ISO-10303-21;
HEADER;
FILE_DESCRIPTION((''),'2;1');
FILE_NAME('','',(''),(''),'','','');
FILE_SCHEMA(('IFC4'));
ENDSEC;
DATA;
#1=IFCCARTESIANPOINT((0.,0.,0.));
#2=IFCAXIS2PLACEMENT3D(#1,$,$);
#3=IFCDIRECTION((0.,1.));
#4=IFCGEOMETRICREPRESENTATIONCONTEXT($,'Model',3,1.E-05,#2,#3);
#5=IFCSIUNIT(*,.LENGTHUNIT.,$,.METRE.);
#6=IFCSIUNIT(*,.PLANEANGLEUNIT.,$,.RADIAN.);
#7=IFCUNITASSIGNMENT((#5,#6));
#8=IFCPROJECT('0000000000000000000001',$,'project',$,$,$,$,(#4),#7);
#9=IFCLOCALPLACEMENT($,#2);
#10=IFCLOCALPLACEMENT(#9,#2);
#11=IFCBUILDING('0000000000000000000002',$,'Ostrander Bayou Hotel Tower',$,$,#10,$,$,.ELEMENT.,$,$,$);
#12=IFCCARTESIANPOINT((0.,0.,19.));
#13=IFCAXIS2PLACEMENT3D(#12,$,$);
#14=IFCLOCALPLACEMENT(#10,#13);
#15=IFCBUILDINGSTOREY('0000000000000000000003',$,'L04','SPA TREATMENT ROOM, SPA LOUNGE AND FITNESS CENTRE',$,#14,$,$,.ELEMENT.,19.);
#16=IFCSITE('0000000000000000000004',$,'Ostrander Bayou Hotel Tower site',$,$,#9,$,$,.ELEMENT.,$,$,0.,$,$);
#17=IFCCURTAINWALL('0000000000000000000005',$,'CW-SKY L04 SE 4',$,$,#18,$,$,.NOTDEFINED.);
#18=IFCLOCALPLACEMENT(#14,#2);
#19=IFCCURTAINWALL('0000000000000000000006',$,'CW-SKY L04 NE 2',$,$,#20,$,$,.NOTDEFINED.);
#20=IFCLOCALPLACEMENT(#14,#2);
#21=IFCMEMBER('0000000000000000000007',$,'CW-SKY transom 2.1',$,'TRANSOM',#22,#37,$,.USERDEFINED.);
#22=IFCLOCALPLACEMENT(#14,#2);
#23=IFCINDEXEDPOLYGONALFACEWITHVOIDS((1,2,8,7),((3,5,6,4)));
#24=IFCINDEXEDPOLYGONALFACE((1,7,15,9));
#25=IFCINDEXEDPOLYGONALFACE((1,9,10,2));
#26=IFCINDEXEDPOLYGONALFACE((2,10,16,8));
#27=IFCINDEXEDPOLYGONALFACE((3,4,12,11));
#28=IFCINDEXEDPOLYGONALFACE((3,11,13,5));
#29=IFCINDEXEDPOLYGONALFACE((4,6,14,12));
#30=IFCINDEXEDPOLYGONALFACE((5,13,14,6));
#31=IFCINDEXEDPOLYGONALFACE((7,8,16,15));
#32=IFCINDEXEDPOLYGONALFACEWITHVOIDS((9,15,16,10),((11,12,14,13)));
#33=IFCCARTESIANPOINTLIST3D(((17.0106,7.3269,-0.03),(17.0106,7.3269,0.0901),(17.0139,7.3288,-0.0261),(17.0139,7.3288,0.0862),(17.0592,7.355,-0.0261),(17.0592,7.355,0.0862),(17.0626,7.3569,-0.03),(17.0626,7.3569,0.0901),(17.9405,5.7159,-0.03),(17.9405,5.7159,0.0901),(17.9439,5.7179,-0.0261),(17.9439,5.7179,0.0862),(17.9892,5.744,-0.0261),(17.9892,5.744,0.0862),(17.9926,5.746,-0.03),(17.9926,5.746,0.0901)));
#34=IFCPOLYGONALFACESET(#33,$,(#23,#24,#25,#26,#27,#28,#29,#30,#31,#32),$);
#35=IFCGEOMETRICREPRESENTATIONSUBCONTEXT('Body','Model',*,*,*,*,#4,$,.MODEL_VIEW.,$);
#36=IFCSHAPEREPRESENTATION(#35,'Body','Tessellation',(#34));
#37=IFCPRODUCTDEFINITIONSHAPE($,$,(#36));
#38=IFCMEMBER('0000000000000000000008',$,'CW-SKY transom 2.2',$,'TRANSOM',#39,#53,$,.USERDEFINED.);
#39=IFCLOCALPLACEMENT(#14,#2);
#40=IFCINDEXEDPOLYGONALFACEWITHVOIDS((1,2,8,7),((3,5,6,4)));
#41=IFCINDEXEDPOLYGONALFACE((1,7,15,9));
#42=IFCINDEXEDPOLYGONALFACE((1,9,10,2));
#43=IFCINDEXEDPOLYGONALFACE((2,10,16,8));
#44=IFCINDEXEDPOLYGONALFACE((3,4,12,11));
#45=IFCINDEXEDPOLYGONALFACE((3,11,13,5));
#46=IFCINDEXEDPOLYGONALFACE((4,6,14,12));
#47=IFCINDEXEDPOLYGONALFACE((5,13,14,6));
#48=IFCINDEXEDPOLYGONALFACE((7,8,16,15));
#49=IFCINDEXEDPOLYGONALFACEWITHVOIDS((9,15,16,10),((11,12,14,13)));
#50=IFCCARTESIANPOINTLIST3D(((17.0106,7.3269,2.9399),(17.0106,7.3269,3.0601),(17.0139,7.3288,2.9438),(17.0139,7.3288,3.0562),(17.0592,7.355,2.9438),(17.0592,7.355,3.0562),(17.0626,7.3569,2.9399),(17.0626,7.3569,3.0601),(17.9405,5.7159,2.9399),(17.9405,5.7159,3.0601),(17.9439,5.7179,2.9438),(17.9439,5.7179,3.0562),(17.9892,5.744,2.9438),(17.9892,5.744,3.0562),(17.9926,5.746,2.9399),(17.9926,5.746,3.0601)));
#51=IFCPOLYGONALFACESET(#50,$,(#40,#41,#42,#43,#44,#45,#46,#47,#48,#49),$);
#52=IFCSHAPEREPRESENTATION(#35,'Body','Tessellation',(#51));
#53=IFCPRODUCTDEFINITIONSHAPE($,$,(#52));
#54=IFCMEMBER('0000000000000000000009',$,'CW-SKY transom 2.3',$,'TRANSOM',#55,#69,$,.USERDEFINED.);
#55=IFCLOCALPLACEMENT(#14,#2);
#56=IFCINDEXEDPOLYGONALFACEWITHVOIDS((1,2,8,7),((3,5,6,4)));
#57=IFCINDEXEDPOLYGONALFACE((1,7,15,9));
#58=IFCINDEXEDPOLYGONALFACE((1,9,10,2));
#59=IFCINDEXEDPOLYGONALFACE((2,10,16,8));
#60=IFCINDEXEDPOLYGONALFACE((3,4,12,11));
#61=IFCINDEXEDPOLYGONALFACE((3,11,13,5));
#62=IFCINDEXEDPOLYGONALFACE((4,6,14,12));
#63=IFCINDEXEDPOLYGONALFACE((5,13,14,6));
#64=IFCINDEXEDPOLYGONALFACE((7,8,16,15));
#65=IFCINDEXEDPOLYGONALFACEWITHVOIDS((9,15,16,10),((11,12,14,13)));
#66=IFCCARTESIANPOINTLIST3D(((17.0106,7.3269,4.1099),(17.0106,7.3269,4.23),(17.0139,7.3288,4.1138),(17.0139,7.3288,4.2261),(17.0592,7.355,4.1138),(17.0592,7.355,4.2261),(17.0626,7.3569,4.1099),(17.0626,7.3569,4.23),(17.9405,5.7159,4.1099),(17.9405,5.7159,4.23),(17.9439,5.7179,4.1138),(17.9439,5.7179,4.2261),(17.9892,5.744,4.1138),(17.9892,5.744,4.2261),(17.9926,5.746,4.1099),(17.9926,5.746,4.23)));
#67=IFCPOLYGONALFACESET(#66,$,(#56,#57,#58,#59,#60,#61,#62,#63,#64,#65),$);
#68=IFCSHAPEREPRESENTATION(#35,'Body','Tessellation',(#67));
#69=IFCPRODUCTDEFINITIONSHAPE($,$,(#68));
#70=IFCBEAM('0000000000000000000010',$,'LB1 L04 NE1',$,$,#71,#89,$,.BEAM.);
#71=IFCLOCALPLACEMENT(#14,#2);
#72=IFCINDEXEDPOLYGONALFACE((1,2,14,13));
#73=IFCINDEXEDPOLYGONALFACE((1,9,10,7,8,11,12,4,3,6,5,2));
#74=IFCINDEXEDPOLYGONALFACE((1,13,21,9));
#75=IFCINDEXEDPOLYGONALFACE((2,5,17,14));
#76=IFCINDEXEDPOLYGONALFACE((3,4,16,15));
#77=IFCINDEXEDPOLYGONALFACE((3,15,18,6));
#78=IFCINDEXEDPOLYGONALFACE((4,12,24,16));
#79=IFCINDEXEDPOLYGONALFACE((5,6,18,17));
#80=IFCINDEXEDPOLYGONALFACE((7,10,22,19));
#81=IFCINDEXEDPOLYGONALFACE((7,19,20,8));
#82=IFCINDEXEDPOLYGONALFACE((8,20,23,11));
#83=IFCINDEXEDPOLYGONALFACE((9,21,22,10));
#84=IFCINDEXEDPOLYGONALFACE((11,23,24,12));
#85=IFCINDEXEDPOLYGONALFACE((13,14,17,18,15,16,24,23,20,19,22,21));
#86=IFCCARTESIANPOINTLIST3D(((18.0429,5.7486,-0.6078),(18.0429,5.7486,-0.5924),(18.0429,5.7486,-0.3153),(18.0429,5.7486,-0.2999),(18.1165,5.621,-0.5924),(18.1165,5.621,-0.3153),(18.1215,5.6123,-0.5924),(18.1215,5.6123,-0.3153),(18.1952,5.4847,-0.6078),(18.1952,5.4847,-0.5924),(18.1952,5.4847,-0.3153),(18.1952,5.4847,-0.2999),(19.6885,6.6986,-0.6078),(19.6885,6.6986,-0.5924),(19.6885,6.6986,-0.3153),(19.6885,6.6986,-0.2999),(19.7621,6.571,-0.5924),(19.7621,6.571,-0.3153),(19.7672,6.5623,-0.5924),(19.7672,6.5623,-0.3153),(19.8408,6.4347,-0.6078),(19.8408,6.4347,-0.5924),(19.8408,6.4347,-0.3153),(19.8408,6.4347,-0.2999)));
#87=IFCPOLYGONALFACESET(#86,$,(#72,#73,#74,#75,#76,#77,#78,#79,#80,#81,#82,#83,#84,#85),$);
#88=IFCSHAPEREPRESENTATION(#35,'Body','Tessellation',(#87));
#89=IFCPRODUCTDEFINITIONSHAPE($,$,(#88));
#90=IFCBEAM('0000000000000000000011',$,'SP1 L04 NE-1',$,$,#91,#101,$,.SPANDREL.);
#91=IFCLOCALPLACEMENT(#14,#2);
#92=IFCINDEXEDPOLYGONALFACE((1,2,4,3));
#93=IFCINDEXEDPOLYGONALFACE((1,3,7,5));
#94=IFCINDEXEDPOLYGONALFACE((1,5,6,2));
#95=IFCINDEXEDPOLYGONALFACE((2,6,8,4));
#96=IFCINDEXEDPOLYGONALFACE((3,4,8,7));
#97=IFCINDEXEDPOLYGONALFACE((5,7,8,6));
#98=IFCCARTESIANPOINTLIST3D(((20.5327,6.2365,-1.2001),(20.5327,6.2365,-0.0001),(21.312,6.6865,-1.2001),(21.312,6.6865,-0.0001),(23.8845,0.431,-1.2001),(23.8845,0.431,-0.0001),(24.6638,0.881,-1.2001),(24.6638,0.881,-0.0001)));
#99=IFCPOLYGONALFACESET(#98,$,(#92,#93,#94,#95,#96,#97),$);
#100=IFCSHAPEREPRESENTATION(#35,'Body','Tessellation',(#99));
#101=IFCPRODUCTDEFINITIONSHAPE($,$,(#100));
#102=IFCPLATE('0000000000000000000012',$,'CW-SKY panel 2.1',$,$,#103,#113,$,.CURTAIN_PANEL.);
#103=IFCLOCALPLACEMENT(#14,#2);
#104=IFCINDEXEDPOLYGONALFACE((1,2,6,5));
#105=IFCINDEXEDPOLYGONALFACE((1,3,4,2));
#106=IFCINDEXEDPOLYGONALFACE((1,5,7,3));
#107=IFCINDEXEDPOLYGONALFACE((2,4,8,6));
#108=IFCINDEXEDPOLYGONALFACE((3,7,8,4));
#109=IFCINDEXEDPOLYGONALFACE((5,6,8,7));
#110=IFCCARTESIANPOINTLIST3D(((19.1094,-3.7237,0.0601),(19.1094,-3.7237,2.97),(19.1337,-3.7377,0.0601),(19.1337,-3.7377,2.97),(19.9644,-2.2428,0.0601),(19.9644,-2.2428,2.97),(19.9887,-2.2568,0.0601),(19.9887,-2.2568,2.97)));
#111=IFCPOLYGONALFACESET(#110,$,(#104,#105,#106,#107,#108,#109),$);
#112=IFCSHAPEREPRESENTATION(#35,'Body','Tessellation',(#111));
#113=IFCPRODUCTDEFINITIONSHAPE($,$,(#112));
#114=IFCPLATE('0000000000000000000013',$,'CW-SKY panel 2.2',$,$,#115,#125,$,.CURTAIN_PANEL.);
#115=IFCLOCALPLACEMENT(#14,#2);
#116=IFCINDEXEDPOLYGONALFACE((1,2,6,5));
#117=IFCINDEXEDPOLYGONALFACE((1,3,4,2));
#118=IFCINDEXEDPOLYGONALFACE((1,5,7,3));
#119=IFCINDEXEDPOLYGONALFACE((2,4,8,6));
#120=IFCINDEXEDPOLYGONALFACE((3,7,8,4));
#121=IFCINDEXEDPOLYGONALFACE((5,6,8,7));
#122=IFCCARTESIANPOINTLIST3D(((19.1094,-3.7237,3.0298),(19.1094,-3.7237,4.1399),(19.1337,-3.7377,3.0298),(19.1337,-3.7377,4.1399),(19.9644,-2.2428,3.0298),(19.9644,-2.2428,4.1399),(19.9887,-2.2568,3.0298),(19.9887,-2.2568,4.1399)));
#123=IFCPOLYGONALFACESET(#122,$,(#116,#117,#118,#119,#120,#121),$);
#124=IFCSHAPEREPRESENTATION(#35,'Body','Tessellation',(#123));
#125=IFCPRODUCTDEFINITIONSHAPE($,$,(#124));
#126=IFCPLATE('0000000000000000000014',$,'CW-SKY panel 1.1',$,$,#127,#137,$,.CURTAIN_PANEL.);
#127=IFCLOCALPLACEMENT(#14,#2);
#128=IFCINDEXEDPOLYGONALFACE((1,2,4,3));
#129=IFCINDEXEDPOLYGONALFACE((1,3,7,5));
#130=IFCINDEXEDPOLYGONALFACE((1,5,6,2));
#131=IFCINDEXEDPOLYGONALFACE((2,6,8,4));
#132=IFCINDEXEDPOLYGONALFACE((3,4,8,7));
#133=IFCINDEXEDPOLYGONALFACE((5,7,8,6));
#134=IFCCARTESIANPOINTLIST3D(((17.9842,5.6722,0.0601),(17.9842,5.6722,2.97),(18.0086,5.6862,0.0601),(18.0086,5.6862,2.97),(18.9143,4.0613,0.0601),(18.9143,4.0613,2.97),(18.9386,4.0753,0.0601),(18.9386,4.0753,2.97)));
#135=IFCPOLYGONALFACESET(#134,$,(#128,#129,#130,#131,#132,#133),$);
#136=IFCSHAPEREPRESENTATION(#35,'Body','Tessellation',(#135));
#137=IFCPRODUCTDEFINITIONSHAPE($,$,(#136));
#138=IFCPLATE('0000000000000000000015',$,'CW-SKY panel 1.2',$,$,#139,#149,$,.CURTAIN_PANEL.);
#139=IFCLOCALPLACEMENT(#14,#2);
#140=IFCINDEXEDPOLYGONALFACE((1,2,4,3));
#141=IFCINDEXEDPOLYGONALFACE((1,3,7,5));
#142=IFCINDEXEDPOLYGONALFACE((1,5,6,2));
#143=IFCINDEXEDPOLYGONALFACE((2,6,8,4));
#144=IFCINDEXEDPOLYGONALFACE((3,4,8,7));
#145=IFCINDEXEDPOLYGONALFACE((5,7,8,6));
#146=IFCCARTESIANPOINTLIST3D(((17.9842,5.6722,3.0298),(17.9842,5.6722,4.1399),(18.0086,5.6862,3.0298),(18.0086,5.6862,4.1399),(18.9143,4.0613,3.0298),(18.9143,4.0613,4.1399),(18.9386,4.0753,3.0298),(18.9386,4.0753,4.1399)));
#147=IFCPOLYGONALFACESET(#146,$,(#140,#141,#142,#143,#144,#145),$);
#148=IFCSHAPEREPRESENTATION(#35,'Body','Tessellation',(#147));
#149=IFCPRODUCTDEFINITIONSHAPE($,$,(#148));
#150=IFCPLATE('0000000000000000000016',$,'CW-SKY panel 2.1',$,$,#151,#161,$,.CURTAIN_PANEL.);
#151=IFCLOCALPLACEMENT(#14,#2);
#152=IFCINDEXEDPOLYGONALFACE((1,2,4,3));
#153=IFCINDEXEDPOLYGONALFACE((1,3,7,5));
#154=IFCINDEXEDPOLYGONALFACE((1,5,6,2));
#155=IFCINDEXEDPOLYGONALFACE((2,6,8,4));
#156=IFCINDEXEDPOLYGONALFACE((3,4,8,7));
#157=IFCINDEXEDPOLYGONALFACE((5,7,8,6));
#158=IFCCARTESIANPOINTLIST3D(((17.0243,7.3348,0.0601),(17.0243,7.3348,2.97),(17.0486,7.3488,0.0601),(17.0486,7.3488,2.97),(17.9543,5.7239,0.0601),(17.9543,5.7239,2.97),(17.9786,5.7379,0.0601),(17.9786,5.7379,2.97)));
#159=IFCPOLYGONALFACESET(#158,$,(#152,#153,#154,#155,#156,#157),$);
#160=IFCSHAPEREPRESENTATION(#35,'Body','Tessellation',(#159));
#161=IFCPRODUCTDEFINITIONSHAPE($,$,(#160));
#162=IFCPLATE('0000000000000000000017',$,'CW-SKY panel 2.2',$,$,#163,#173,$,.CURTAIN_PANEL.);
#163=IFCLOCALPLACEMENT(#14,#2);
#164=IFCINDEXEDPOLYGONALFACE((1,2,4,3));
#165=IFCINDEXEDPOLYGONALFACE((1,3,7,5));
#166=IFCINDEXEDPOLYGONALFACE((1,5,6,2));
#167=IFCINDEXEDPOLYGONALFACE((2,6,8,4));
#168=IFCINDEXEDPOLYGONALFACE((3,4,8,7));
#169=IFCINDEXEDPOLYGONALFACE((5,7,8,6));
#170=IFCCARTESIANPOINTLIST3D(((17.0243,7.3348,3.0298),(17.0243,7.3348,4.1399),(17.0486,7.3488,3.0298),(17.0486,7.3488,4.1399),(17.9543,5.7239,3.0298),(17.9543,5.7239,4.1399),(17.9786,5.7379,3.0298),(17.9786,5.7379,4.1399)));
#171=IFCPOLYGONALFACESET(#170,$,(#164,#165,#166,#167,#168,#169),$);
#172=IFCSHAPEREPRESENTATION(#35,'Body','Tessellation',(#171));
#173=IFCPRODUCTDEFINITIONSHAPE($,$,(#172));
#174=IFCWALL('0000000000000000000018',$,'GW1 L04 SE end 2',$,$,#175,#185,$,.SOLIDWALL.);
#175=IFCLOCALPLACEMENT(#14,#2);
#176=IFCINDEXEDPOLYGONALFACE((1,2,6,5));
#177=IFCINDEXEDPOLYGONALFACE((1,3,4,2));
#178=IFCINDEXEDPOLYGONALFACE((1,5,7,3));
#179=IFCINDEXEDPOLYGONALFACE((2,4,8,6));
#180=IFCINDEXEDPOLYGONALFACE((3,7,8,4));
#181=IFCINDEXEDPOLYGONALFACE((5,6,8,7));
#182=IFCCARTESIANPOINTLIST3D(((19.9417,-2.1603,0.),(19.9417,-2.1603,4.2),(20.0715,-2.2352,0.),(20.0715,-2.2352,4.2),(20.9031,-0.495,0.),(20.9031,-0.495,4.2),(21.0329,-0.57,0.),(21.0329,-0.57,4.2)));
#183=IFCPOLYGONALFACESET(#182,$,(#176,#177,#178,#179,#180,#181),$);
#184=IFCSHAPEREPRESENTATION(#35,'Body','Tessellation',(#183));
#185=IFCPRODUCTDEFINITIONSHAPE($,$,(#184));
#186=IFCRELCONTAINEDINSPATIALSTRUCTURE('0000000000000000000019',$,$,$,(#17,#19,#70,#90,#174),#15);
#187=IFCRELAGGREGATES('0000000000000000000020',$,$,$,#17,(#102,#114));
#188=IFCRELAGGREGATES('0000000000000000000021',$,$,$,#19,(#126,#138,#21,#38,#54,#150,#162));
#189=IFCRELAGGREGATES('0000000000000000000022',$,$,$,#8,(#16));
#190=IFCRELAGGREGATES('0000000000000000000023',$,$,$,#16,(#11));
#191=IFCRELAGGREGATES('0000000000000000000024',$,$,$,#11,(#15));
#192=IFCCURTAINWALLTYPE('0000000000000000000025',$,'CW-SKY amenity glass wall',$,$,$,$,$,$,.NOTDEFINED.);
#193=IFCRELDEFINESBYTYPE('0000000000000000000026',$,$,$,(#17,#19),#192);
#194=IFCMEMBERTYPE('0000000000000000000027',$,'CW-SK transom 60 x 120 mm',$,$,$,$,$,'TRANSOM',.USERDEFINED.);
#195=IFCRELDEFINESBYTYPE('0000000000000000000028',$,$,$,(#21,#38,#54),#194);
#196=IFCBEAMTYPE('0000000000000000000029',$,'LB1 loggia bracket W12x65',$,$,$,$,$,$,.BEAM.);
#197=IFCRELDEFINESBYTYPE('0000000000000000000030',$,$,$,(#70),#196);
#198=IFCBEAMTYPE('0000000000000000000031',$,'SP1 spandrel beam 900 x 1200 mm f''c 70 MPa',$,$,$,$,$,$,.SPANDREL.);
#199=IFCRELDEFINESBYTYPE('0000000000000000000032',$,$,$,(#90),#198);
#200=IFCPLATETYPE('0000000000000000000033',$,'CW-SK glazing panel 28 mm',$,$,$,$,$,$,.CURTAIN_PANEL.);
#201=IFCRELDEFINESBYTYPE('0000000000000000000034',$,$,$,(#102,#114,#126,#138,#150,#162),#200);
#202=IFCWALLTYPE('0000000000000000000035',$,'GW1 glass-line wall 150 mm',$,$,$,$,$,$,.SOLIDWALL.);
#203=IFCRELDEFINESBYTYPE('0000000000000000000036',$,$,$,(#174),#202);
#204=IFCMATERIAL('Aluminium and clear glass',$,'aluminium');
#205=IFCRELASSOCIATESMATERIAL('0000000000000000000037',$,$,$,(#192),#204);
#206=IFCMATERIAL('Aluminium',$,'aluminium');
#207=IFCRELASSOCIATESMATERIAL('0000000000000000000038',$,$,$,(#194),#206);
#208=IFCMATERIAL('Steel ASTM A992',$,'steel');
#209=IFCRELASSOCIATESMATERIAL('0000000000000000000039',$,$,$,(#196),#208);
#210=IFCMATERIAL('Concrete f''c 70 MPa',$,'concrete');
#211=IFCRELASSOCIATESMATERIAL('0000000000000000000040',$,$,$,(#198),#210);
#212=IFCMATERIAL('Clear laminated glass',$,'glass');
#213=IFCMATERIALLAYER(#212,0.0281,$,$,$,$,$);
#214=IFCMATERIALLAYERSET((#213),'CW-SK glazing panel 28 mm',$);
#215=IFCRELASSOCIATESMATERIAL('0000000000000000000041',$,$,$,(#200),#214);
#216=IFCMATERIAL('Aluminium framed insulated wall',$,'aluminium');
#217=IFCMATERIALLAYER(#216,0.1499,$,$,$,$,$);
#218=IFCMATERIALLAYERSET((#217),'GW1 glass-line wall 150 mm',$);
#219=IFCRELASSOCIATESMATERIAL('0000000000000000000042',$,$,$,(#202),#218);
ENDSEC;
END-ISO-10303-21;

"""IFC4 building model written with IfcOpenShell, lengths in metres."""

from ifc_helpers import new_model, si_unit, direction, frame, frame_2d, origin, origin_2d, place, context, subcontext, project, spatial, rectangle, hollow_rectangle, i_section, extrude, material, layer, layer_set, material_profile, profile_set, type_object, element, aggregate, save


model = new_model("IFC4")

# Units and contexts
model_context = context("Model", 3, precision=1e-05, world=origin(), true_north=direction((0.0, 1.0)))
body_context = subcontext(model_context, "Body", "Model", "MODEL_VIEW")
ifc_project = project(units=[si_unit("LENGTHUNIT", "METRE"), si_unit("PLANEANGLEUNIT", "RADIAN")], contexts=[model_context])

# Site, building, storey
site_placement = place(None, origin())
site = spatial("IfcSite", under=ifc_project, at=site_placement, Name="Ostrander Bayou Hotel Tower site", CompositionType="ELEMENT", RefElevation=0.0)
building_placement = place(site_placement, origin())
building = spatial("IfcBuilding", under=site, at=building_placement, Name="Ostrander Bayou Hotel Tower", CompositionType="ELEMENT")
storey_placement = place(building_placement, frame((0.0, 0.0, 19.0)))
storey = spatial("IfcBuildingStorey", under=building, at=storey_placement, Name="L04", Description="SPA TREATMENT ROOM, SPA LOUNGE AND FITNESS CENTRE", CompositionType="ELEMENT", Elevation=19.0)

# Curtain wall
ifc_material_1 = material(Name="Aluminium and clear glass", Category="aluminium")
curtain_wall_type = type_object("IfcCurtainWallType", Name="CW-SKY amenity glass wall", PredefinedType="NOTDEFINED", material=ifc_material_1)
curtain_wall_1_placement = place(storey_placement, origin())
curtain_wall_1 = element("IfcCurtainWall", 1, at=curtain_wall_1_placement, inside=storey, type_object=curtain_wall_type, Name="CW-SKY L04 SE 4", PredefinedType="NOTDEFINED")

# Curtain wall, members
curtain_wall_2_placement = place(storey_placement, origin())
curtain_wall_2 = element("IfcCurtainWall", 2, at=curtain_wall_2_placement, inside=storey, type_object=curtain_wall_type, Name="CW-SKY L04 NE 2", PredefinedType="NOTDEFINED")
ifc_material_2 = material(Name="Aluminium", Category="aluminium")
ifc_material_profile_1 = material_profile(ifc_material_2, hollow_rectangle(XDim=0.0601, YDim=0.1201, WallThickness=0.0039, at=origin_2d()))
ifc_profile_set_1 = profile_set([ifc_material_profile_1], Name="Aluminium")
member_type_1 = type_object("IfcMemberType", Name="CW-SK transom 60 x 120 mm", ElementType="TRANSOM", PredefinedType="USERDEFINED", material=ifc_profile_set_1)
member_1_placement = place(storey_placement, frame((17.9666, 5.731, 0.03), z_axis=(-0.499965, 0.866046, 0.0), x_axis=(-0.866046, -0.499965, 0.0)))
member_1 = element("IfcMember", 3, at=member_1_placement, type_object=member_type_1, Name="CW-SKY transom 2.1", ObjectType="TRANSOM", PredefinedType="USERDEFINED", context=body_context, shape_type="SweptSolid", body=[
    extrude(hollow_rectangle(XDim=0.0601, YDim=0.1201, WallThickness=0.0039, at=origin_2d()), origin(), (0.0, 0.0, 1.0), 1.8601),
])
member_2_placement = place(storey_placement, frame((17.9666, 5.731, 3.0), z_axis=(-0.499965, 0.866046, 0.0), x_axis=(-0.866046, -0.499965, 0.0)))
member_2 = element("IfcMember", 4, at=member_2_placement, type_object=member_type_1, Name="CW-SKY transom 2.2", ObjectType="TRANSOM", PredefinedType="USERDEFINED", context=body_context, shape_type="SweptSolid", body=[
    extrude(hollow_rectangle(XDim=0.0601, YDim=0.1201, WallThickness=0.0039, at=origin_2d()), origin(), (0.0, 0.0, 1.0), 1.8601),
])
member_3_placement = place(storey_placement, frame((17.9666, 5.731, 4.1699), z_axis=(-0.499965, 0.866046, 0.0), x_axis=(-0.866046, -0.499965, 0.0)))
member_3 = element("IfcMember", 5, at=member_3_placement, type_object=member_type_1, Name="CW-SKY transom 2.3", ObjectType="TRANSOM", PredefinedType="USERDEFINED", context=body_context, shape_type="SweptSolid", body=[
    extrude(hollow_rectangle(XDim=0.0601, YDim=0.1201, WallThickness=0.0039, at=origin_2d()), origin(), (0.0, 0.0, 1.0), 1.8601),
])

# Beams
ifc_material_3 = material(Name="Steel ASTM A992", Category="steel")
ifc_material_profile_2 = material_profile(ifc_material_3, i_section(OverallWidth=0.3047, OverallDepth=0.3079, WebThickness=0.01, FlangeThickness=0.0154, at=origin_2d()))
ifc_profile_set_2 = profile_set([ifc_material_profile_2], Name="Steel ASTM A992")
beam_type_1 = type_object("IfcBeamType", Name="LB1 loggia bracket W12x65", PredefinedType="BEAM", material=ifc_profile_set_2)
beam_1_placement = place(storey_placement, frame((19.7646, 6.5667, -0.4539), z_axis=(-0.866044, -0.499967, 0.0), x_axis=(0.499967, -0.866044, 0.0)))
element("IfcBeam", 6, at=beam_1_placement, inside=storey, type_object=beam_type_1, Name="LB1 L04 NE1", PredefinedType="BEAM", context=body_context, shape_type="SweptSolid", body=[
    extrude(i_section(OverallWidth=0.3047, OverallDepth=0.3079, WebThickness=0.01, FlangeThickness=0.0154, at=origin_2d()), origin(), (0.0, 0.0, 1.0), 1.9001),
])
ifc_material_4 = material(Name="Concrete f'c 70 MPa", Category="concrete")
ifc_material_profile_3 = material_profile(ifc_material_4, rectangle(XDim=0.8999, YDim=1.2, at=origin_2d()))
ifc_profile_set_3 = profile_set([ifc_material_profile_3], Name="Concrete f'c 70 MPa")
beam_type_2 = type_object("IfcBeamType", Name="SP1 spandrel beam 900 x 1200 mm f'c 70 MPa", PredefinedType="SPANDREL", material=ifc_profile_set_3)
beam_2_placement = place(storey_placement, frame((24.2742, 0.656, -0.6001), z_axis=(-0.500005, 0.866022, 0.0), x_axis=(-0.866022, -0.500005, 0.0)))
element("IfcBeam", 7, at=beam_2_placement, inside=storey, type_object=beam_type_2, Name="SP1 L04 NE-1", PredefinedType="SPANDREL", context=body_context, shape_type="SweptSolid", body=[
    extrude(rectangle(XDim=0.8999, YDim=1.2, at=origin_2d()), origin(), (0.0, 0.0, 1.0), 6.7036),
])

# Plates
ifc_material_5 = material(Name="Clear laminated glass", Category="glass")
ifc_layer_1 = layer(ifc_material_5, 0.0281)
ifc_layer_set_1 = layer_set([ifc_layer_1], Name="CW-SK glazing panel 28 mm")
plate_type = type_object("IfcPlateType", Name="CW-SK glazing panel 28 mm", PredefinedType="CURTAIN_PANEL", material=ifc_layer_set_1)
plate_1_placement = place(storey_placement, frame((19.5491, -2.9902, 0.0601), z_axis=(0.0, 0.0, 1.0), x_axis=(0.499999, 0.866026, 0.0)))
plate_1 = element("IfcPlate", 8, at=plate_1_placement, type_object=plate_type, Name="CW-SKY panel 2.1", PredefinedType="CURTAIN_PANEL", context=body_context, shape_type="SweptSolid", body=[
    extrude(rectangle(XDim=1.71, YDim=0.0281, at=origin_2d()), origin(), (0.0, 0.0, 1.0), 2.9099),
])
plate_2_placement = place(storey_placement, frame((19.5491, -2.9902, 3.0298), z_axis=(0.0, 0.0, 1.0), x_axis=(0.499999, 0.866026, 0.0)))
plate_2 = element("IfcPlate", 9, at=plate_2_placement, type_object=plate_type, Name="CW-SKY panel 2.2", PredefinedType="CURTAIN_PANEL", context=body_context, shape_type="SweptSolid", body=[
    extrude(rectangle(XDim=1.71, YDim=0.0281, at=origin_2d()), origin(), (0.0, 0.0, 1.0), 1.1101),
])
aggregate(curtain_wall_1, [plate_1, plate_2])
plate_3_placement = place(storey_placement, frame((18.4614, 4.8738, 0.0601), z_axis=(0.0, 0.0, 1.0), x_axis=(-0.5, 0.866025, 0.0)))
plate_3 = element("IfcPlate", 10, at=plate_3_placement, type_object=plate_type, Name="CW-SKY panel 1.1", PredefinedType="CURTAIN_PANEL", context=body_context, shape_type="SweptSolid", body=[
    extrude(rectangle(XDim=1.8601, YDim=0.0281, at=origin_2d()), origin(), (0.0, 0.0, 1.0), 2.9099),
])
plate_4_placement = place(storey_placement, frame((18.4614, 4.8738, 3.0298), z_axis=(0.0, 0.0, 1.0), x_axis=(-0.5, 0.866025, 0.0)))
plate_4 = element("IfcPlate", 11, at=plate_4_placement, type_object=plate_type, Name="CW-SKY panel 1.2", PredefinedType="CURTAIN_PANEL", context=body_context, shape_type="SweptSolid", body=[
    extrude(rectangle(XDim=1.8601, YDim=0.0281, at=origin_2d()), origin(), (0.0, 0.0, 1.0), 1.1101),
])
plate_5_placement = place(storey_placement, frame((17.5015, 6.5364, 0.0601), z_axis=(0.0, 0.0, 1.0), x_axis=(-0.5, 0.866025, 0.0)))
plate_5 = element("IfcPlate", 12, at=plate_5_placement, type_object=plate_type, Name="CW-SKY panel 2.1", PredefinedType="CURTAIN_PANEL", context=body_context, shape_type="SweptSolid", body=[
    extrude(rectangle(XDim=1.8601, YDim=0.0281, at=origin_2d()), origin(), (0.0, 0.0, 1.0), 2.9099),
])
plate_6_placement = place(storey_placement, frame((17.5015, 6.5364, 3.0298), z_axis=(0.0, 0.0, 1.0), x_axis=(-0.5, 0.866025, 0.0)))
plate_6 = element("IfcPlate", 13, at=plate_6_placement, type_object=plate_type, Name="CW-SKY panel 2.2", PredefinedType="CURTAIN_PANEL", context=body_context, shape_type="SweptSolid", body=[
    extrude(rectangle(XDim=1.8601, YDim=0.0281, at=origin_2d()), origin(), (0.0, 0.0, 1.0), 1.1101),
])
aggregate(curtain_wall_2, [plate_3, plate_4, member_1, member_2, member_3, plate_5, plate_6])

# Wall
ifc_material_6 = material(Name="Aluminium framed insulated wall", Category="aluminium")
ifc_layer_2 = layer(ifc_material_6, 0.1499)
ifc_layer_set_2 = layer_set([ifc_layer_2], Name="GW1 glass-line wall 150 mm")
wall_type_1 = type_object("IfcWallType", Name="GW1 glass-line wall 150 mm", PredefinedType="SOLIDWALL", material=ifc_layer_set_2)
wall_1_placement = place(storey_placement, frame((20.0066, -2.1978, 0.0), z_axis=(0.0, 0.0, 1.0), x_axis=(0.49999, 0.866031, 0.0)))
element("IfcWall", 14, at=wall_1_placement, inside=storey, type_object=wall_type_1, Name="GW1 L04 SE end 2", PredefinedType="SOLIDWALL", context=body_context, shape_type="SweptSolid", body=[
    extrude(rectangle(XDim=1.9229, YDim=0.1499, at=frame_2d((0.9614, 0.0))), origin(), (0.0, 0.0, 1.0), 4.2),
])

save(model, "model.ifc")
